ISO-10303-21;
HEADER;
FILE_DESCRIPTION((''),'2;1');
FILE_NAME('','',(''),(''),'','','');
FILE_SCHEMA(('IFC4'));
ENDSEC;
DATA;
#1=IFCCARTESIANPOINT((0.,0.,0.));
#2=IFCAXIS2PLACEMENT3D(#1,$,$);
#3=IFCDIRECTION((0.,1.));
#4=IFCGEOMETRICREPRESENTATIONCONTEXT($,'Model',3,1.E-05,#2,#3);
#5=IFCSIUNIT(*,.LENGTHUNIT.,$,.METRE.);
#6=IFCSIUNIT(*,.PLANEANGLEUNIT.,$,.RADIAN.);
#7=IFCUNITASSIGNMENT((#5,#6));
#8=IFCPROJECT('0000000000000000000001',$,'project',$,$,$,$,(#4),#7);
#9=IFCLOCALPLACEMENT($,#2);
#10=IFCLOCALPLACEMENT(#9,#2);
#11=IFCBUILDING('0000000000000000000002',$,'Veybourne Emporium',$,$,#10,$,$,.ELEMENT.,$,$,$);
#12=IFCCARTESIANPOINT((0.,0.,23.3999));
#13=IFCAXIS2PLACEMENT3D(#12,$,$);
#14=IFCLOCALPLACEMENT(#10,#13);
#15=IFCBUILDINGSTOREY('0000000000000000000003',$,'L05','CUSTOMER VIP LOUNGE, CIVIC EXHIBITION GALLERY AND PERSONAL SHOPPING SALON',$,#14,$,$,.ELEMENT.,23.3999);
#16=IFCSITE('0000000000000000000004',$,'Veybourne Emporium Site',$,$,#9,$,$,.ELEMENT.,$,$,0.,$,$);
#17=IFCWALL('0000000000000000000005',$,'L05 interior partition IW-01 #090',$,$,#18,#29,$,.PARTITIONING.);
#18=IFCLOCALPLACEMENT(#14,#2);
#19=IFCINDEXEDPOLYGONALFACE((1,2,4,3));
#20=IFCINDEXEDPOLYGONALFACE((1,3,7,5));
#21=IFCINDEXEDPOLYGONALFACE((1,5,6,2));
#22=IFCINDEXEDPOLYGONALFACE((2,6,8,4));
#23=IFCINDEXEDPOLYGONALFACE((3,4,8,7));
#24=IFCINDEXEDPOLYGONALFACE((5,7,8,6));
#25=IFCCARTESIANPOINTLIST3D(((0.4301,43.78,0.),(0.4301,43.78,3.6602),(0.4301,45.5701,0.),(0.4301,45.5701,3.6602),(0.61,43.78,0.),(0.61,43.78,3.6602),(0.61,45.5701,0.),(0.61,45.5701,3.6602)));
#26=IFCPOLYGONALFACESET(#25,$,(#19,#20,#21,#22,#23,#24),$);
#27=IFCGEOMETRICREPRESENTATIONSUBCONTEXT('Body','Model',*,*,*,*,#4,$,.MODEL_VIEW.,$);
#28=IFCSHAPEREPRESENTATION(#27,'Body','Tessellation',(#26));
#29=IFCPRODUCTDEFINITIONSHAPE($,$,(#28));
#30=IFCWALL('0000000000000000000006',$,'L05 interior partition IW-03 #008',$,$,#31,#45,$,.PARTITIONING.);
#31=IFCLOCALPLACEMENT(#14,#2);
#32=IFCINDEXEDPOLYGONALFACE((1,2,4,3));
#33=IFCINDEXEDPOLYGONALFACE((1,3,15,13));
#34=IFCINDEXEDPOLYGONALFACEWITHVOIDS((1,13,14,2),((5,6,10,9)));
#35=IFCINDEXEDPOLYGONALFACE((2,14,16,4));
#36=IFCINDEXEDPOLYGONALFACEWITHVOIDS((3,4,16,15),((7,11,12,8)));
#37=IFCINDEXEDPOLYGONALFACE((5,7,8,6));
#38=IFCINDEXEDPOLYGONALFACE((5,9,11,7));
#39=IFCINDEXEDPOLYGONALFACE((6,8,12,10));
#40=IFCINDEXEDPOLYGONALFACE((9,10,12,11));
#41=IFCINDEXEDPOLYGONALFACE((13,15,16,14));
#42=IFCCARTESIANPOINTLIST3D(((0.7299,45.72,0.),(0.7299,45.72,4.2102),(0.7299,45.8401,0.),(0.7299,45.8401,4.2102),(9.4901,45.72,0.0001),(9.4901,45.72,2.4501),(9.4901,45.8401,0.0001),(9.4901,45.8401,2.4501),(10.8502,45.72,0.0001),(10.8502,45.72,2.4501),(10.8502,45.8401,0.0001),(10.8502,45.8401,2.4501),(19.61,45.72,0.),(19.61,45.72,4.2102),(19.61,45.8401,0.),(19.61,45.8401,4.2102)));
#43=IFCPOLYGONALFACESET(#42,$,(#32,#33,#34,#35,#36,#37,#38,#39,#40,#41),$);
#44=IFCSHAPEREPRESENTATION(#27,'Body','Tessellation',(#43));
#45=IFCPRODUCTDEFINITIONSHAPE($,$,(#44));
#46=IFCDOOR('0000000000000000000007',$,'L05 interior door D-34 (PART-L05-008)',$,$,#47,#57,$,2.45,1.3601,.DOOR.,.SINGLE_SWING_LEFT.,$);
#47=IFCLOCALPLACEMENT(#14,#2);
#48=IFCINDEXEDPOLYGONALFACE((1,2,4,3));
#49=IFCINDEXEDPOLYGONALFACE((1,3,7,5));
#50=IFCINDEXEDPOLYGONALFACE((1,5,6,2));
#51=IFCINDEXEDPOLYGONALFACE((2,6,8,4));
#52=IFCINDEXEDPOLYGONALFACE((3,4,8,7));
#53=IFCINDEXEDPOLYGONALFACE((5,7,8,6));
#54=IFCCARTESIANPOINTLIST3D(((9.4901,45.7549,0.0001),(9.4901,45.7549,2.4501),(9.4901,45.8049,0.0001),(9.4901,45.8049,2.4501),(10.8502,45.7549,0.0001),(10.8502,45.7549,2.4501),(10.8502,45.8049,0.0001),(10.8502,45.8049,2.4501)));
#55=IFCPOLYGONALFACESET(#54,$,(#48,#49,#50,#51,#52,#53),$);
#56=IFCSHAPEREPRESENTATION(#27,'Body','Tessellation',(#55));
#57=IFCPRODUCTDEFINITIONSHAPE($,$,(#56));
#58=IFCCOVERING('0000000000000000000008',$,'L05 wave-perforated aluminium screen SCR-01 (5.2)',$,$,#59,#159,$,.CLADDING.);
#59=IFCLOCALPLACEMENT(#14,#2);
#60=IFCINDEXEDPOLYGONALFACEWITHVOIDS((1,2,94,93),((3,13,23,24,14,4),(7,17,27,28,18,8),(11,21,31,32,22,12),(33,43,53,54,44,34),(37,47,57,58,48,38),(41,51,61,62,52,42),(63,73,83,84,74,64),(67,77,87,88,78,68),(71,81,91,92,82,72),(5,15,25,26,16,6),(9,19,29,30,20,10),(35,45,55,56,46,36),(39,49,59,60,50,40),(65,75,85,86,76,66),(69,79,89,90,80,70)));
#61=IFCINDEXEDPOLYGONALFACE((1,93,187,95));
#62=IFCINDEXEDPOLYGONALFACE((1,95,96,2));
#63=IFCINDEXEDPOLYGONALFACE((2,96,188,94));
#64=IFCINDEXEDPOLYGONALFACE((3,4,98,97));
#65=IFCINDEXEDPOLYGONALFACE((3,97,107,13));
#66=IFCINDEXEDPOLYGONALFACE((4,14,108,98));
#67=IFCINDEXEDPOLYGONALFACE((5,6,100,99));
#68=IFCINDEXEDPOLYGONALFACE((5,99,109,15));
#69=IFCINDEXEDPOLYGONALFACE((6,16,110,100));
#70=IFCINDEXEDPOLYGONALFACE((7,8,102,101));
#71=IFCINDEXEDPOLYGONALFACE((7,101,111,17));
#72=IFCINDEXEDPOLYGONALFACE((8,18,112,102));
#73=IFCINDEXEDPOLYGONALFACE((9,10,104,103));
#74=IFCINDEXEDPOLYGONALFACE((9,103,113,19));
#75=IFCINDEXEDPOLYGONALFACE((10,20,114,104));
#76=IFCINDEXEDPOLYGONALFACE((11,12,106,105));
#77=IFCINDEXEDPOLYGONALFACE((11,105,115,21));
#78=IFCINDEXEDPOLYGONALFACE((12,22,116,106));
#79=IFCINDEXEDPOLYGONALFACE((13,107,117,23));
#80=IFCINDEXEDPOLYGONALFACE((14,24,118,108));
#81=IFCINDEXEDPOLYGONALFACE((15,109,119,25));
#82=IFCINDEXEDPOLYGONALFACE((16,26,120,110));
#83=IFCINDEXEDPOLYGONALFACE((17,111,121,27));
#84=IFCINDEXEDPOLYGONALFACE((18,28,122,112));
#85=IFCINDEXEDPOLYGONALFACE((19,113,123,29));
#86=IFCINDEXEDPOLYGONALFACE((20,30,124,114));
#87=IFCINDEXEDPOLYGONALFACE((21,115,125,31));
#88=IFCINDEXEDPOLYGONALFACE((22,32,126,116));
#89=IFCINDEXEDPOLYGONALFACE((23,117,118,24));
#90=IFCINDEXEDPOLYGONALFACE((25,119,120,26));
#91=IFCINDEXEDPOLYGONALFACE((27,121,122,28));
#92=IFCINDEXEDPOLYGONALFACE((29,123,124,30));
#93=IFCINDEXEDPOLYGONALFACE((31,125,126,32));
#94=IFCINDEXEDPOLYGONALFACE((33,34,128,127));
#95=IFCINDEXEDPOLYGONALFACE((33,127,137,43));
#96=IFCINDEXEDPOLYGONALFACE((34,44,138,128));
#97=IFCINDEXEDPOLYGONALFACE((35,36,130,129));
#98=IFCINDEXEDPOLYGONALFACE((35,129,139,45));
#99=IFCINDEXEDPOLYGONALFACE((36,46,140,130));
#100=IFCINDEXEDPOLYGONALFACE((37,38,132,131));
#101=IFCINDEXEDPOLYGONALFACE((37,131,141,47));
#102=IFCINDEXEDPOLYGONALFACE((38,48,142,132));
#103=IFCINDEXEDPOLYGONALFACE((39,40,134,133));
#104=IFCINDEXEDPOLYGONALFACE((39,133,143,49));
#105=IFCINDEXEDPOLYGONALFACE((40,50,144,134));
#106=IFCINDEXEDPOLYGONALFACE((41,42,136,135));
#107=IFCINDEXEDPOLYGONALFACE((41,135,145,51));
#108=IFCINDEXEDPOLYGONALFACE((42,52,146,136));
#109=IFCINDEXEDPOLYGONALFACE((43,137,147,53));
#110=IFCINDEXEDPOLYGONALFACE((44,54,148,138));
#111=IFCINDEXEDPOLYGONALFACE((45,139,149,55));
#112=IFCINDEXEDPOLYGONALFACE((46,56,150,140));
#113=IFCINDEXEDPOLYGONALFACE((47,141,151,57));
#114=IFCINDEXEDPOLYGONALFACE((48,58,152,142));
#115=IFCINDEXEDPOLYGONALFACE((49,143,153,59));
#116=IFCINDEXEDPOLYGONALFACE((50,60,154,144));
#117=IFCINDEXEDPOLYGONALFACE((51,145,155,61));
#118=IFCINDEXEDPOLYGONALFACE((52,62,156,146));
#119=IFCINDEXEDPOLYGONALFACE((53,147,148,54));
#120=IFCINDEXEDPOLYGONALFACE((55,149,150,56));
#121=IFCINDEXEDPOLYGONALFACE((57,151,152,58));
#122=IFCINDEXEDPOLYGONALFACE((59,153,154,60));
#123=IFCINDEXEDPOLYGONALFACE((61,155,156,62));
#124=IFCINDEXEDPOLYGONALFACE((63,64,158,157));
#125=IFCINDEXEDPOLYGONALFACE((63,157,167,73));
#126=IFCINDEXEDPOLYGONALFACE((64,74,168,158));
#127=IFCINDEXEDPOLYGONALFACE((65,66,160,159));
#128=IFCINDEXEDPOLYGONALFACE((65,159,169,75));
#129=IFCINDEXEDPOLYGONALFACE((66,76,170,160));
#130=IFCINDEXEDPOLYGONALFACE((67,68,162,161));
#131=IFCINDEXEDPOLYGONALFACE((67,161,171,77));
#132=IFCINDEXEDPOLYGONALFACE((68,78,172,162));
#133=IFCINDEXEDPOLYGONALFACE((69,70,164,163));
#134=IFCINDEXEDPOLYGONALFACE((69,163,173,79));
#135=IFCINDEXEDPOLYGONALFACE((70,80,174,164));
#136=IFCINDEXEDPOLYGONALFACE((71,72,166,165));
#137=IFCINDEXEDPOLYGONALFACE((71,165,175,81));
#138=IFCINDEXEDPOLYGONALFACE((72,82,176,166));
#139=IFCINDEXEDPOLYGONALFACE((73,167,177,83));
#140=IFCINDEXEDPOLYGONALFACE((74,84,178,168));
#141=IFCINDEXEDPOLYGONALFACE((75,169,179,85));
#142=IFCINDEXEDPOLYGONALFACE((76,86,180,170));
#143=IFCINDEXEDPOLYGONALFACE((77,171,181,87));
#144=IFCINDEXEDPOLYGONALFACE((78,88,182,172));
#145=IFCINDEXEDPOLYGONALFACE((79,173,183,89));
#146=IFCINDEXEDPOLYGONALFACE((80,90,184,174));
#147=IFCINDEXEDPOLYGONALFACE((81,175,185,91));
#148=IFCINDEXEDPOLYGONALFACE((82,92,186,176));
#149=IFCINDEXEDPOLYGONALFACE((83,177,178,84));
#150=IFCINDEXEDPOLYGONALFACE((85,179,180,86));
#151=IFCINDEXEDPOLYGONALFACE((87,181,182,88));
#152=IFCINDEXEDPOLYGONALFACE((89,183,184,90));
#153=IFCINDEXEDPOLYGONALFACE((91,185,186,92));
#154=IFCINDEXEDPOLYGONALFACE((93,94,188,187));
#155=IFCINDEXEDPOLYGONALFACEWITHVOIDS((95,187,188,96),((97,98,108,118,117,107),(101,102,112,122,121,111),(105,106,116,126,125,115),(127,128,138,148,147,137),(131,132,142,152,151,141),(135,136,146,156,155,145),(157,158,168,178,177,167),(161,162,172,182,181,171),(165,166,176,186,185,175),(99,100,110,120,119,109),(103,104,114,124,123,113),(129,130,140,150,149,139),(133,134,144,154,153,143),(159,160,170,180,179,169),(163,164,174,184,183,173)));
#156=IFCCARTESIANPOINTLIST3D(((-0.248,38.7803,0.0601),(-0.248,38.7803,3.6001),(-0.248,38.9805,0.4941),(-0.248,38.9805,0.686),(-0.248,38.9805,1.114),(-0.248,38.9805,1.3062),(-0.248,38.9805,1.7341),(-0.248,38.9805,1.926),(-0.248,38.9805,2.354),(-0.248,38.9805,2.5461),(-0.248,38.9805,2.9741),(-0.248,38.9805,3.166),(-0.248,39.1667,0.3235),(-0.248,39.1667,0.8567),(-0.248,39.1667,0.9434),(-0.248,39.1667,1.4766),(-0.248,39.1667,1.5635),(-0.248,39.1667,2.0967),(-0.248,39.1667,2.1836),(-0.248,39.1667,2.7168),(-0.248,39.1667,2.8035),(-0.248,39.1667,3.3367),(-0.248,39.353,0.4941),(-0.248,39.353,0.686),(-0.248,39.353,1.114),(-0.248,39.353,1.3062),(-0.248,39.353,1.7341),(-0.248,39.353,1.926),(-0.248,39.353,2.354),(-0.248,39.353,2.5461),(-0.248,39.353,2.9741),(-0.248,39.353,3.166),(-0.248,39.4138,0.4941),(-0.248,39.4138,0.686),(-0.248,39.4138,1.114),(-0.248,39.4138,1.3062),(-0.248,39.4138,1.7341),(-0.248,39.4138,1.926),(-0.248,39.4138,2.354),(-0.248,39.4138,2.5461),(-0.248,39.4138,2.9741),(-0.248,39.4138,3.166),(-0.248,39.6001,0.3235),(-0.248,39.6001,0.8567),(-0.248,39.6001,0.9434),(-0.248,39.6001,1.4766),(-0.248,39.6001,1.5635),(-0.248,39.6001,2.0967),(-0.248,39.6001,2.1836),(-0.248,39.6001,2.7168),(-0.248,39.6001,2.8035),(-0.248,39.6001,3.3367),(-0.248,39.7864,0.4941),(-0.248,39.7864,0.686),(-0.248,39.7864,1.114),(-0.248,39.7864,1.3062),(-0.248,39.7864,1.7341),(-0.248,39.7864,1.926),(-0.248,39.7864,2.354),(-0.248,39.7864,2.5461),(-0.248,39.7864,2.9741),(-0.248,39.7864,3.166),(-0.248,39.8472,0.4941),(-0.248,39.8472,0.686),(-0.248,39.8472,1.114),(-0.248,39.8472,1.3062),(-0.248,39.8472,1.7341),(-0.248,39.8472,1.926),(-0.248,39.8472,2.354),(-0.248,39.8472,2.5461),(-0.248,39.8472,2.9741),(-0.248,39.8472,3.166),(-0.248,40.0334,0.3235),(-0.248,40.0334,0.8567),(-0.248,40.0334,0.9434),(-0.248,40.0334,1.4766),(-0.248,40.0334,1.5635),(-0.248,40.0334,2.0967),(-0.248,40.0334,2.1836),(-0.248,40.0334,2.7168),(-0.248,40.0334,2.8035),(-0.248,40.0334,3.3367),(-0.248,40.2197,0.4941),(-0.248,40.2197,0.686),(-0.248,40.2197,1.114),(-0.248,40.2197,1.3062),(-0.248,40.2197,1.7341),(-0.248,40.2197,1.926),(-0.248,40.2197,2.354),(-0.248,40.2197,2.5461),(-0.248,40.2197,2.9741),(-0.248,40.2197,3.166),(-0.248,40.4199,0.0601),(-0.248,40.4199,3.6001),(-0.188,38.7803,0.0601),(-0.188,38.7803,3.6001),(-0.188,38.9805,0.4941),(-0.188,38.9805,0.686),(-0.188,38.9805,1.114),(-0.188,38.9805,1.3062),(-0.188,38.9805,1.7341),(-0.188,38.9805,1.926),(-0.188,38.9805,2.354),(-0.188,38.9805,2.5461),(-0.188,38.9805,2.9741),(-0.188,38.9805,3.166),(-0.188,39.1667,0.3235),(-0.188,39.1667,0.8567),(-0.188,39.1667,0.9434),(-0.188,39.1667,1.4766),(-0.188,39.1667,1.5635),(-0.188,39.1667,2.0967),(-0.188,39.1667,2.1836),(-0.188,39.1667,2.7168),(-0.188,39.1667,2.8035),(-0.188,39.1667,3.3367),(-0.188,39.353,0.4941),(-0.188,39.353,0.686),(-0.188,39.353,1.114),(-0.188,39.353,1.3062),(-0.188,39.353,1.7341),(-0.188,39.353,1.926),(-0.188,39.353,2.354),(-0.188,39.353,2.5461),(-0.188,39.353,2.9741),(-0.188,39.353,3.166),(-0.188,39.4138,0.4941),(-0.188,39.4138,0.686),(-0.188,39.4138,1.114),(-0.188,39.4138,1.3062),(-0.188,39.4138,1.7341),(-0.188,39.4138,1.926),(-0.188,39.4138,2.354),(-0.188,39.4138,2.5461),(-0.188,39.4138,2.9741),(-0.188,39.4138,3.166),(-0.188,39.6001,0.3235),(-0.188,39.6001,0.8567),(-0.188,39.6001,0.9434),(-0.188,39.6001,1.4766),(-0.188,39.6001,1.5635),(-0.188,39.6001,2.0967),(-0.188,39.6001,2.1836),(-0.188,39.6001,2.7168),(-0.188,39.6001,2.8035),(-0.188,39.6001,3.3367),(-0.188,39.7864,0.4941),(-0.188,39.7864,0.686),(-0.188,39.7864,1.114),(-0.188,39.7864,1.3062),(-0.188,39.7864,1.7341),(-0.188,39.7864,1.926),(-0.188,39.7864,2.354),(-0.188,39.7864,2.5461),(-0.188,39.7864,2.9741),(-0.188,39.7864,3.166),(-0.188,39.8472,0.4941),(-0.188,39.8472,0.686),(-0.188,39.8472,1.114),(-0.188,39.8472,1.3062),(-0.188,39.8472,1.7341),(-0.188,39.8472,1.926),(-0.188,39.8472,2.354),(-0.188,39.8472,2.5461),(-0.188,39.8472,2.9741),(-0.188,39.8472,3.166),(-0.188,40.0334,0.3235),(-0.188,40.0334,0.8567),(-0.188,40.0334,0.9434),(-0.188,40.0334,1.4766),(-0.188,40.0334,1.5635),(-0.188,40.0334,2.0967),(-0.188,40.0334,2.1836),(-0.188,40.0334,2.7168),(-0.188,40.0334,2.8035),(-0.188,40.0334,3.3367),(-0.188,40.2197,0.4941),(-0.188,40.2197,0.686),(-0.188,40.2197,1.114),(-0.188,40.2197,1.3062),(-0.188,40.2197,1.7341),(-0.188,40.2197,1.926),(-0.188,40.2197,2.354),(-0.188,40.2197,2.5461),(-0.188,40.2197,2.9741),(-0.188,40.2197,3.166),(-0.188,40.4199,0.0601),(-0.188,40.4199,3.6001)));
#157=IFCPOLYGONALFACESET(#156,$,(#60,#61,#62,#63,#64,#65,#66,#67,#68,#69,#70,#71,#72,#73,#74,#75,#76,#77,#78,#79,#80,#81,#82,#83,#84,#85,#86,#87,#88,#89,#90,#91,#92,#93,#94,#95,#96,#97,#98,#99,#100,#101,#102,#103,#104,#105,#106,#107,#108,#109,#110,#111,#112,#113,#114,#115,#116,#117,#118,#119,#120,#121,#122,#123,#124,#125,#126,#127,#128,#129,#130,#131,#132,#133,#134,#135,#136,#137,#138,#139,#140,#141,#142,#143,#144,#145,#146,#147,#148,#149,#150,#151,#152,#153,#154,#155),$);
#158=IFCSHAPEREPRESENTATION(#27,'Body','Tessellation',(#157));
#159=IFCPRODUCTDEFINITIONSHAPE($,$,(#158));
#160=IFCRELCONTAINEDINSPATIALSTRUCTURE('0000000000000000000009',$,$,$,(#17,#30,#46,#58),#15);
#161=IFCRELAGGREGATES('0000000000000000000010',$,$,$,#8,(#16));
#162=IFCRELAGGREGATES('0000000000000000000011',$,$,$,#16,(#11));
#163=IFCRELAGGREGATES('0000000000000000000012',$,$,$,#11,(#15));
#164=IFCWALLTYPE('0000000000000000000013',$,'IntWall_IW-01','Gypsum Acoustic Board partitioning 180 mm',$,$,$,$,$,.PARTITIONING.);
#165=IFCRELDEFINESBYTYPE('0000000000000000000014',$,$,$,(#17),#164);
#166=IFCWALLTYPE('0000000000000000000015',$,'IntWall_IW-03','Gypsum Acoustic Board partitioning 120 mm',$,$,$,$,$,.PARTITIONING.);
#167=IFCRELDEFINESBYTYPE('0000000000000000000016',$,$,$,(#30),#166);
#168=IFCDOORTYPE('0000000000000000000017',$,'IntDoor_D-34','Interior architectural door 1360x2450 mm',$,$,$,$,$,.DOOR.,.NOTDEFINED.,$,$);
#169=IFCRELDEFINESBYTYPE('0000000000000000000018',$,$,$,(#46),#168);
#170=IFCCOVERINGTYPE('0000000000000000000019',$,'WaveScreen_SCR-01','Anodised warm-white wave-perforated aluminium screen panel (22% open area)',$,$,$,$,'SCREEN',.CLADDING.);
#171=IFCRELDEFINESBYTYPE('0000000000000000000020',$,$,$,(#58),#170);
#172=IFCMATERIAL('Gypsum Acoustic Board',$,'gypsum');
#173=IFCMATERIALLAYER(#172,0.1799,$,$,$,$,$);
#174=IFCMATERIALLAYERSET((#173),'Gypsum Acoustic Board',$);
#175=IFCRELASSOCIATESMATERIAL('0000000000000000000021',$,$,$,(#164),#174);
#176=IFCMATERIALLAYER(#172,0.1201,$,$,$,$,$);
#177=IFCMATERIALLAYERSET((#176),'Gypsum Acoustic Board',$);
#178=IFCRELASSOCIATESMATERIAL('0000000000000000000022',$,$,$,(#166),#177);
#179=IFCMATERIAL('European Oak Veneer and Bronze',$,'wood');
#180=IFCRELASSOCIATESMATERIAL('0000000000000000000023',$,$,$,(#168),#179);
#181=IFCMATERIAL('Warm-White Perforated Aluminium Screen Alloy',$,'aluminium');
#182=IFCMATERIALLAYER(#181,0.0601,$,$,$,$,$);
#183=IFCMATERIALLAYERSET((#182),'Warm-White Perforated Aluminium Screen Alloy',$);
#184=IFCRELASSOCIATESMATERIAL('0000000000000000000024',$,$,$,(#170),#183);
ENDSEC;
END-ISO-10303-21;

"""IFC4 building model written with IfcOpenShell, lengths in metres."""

from ifc_helpers import new_model, si_unit, direction, frame, frame_2d, origin, place, context, subcontext, project, spatial, polyline, rectangle, outline, extrude, material, layer, layer_set, type_object, element, fill, save


model = new_model("IFC4")

# Units and contexts
model_context = context("Model", 3, precision=1e-05, world=origin(), true_north=direction((0.0, 1.0)))
body_context = subcontext(model_context, "Body", "Model", "MODEL_VIEW")
ifc_project = project(units=[si_unit("LENGTHUNIT", "METRE"), si_unit("PLANEANGLEUNIT", "RADIAN")], contexts=[model_context])

# Site, building, storey
site_placement = place(None, origin())
site = spatial("IfcSite", under=ifc_project, at=site_placement, Name="Veybourne Emporium Site", CompositionType="ELEMENT", RefElevation=0.0)
building_placement = place(site_placement, origin())
building = spatial("IfcBuilding", under=site, at=building_placement, Name="Veybourne Emporium", CompositionType="ELEMENT")
storey_placement = place(building_placement, frame((0.0, 0.0, 23.3999)))
storey = spatial("IfcBuildingStorey", under=building, at=storey_placement, Name="L05", Description="CUSTOMER VIP LOUNGE, CIVIC EXHIBITION GALLERY AND PERSONAL SHOPPING SALON", CompositionType="ELEMENT", Elevation=23.3999)

# Shared definitions
ifc_material_1 = material(Name="Gypsum Acoustic Board", Category="gypsum")
ifc_layer_1 = layer(ifc_material_1, 0.1799)
ifc_layer_set_1 = layer_set([ifc_layer_1], Name="Gypsum Acoustic Board")
wall_type_1 = type_object("IfcWallType", Name="IntWall_IW-01", Description="Gypsum Acoustic Board partitioning 180 mm", PredefinedType="PARTITIONING", material=ifc_layer_set_1)
ifc_material_2 = material(Name="European Oak Veneer and Bronze", Category="wood")

# Wall
wall_1_placement = place(storey_placement, frame((0.52, 43.78, 0.0), z_axis=(0.0, 0.0, 1.0), x_axis=(0.0, 1.0, 0.0)))
element("IfcWall", 1, at=wall_1_placement, inside=storey, type_object=wall_type_1, Name="L05 interior partition IW-01 #090", PredefinedType="PARTITIONING", context=body_context, shape_type="SweptSolid", body=[
    extrude(rectangle(XDim=1.79, YDim=0.1799, at=frame_2d((0.895, 0.0))), origin(), (0.0, 0.0, 1.0), 3.6602),
])

# Wall, opening, door
ifc_layer_2 = layer(ifc_material_1, 0.1201)
ifc_layer_set_2 = layer_set([ifc_layer_2], Name="Gypsum Acoustic Board")
wall_type_2 = type_object("IfcWallType", Name="IntWall_IW-03", Description="Gypsum Acoustic Board partitioning 120 mm", PredefinedType="PARTITIONING", material=ifc_layer_set_2)
wall_2_placement = place(storey_placement, frame((0.73, 45.78, 0.0), z_axis=(0.0, 0.0, 1.0), x_axis=(1.0, 0.0, 0.0)))
wall_2 = element("IfcWall", 2, at=wall_2_placement, inside=storey, type_object=wall_type_2, Name="L05 interior partition IW-03 #008", PredefinedType="PARTITIONING", context=body_context, shape_type="SweptSolid", body=[
    extrude(rectangle(XDim=18.8801, YDim=0.1201, at=frame_2d((9.4399, 0.0))), origin(), (0.0, 0.0, 1.0), 4.2102),
])
opening_1_placement = place(wall_2_placement, frame((8.76, 0.0, 0.0)))
opening_1 = element("IfcOpeningElement", 3, at=opening_1_placement, cuts=wall_2, PredefinedType="OPENING", context=body_context, shape_type="SweptSolid", body=[
    extrude(rectangle(XDim=1.3601, YDim=2.45, at=frame_2d((0.6802, 1.2251))), frame((0.0, 0.0801, 0.0), z_axis=(0.0, -1.0, 0.0), x_axis=(1.0, 0.0, 0.0)), (0.0, 0.0, 1.0), 0.1602),
])
door_type_1 = type_object("IfcDoorType", Name="IntDoor_D-34", Description="Interior architectural door 1360x2450 mm", OperationType="NOTDEFINED", PredefinedType="DOOR", material=ifc_material_2)
door_1_placement = place(opening_1_placement, origin())
door_1 = element("IfcDoor", 4, at=door_1_placement, inside=storey, type_object=door_type_1, Name="L05 interior door D-34 (PART-L05-008)", OperationType="SINGLE_SWING_LEFT", OverallHeight=2.45, OverallWidth=1.3601, PredefinedType="DOOR", context=body_context, shape_type="SweptSolid", body=[
    extrude(rectangle(XDim=1.3601, YDim=2.45, at=frame_2d((0.6802, 1.2251))), frame((0.0, 0.0249, 0.0), z_axis=(0.0, -1.0, 0.0), x_axis=(1.0, 0.0, 0.0)), (0.0, 0.0, 1.0), 0.05),
])
fill(opening_1, door_1)

# Covering
ifc_material_3 = material(Name="Warm-White Perforated Aluminium Screen Alloy", Category="aluminium")
ifc_layer_3 = layer(ifc_material_3, 0.0601)
ifc_layer_set_3 = layer_set([ifc_layer_3], Name="Warm-White Perforated Aluminium Screen Alloy")
covering_type_1 = type_object("IfcCoveringType", Name="WaveScreen_SCR-01", Description="Anodised warm-white wave-perforated aluminium screen panel (22% open area)", ElementType="SCREEN", PredefinedType="CLADDING", material=ifc_layer_set_3)
covering_1_placement = place(storey_placement, frame((-0.248, 39.6001, 1.8301), z_axis=(1.0, 0.0, 0.0), x_axis=(0.0, 1.0, 0.0)))
element("IfcCovering", 5, at=covering_1_placement, inside=storey, type_object=covering_type_1, Name="L05 wave-perforated aluminium screen SCR-01 (5.2)", PredefinedType="CLADDING", context=body_context, shape_type="SweptSolid", body=[
    extrude(outline(polyline([(-0.8198, -1.77), (0.8198, -1.77), (0.8198, 1.77), (-0.8198, 1.77), (-0.8198, -1.77)]), holes=[polyline([(-0.4333, -0.9734), (-0.2471, -1.144), (-0.2471, -1.3359), (-0.4333, -1.5066), (-0.6196, -1.3359), (-0.6196, -1.144), (-0.4333, -0.9734)]), polyline([(-0.4333, -0.3535), (-0.2471, -0.5239), (-0.2471, -0.7161), (-0.4333, -0.8867), (-0.6196, -0.7161), (-0.6196, -0.5239), (-0.4333, -0.3535)]), polyline([(-0.4333, 0.2666), (-0.2471, 0.0959), (-0.2471, -0.0959), (-0.4333, -0.2666), (-0.6196, -0.0959), (-0.6196, 0.0959), (-0.4333, 0.2666)]), polyline([(-0.4333, 0.8867), (-0.2471, 0.7161), (-0.2471, 0.5239), (-0.4333, 0.3535), (-0.6196, 0.5239), (-0.6196, 0.7161), (-0.4333, 0.8867)]), polyline([(-0.4333, 1.5066), (-0.2471, 1.3359), (-0.2471, 1.144), (-0.4333, 0.9734), (-0.6196, 1.144), (-0.6196, 1.3359), (-0.4333, 1.5066)]), polyline([(0.0, -0.9734), (0.1863, -1.144), (0.1863, -1.3359), (0.0, -1.5066), (-0.1863, -1.3359), (-0.1863, -1.144), (0.0, -0.9734)]), polyline([(0.0, -0.3535), (0.1863, -0.5239), (0.1863, -0.7161), (0.0, -0.8867), (-0.1863, -0.7161), (-0.1863, -0.5239), (0.0, -0.3535)]), polyline([(0.0, 0.2666), (0.1863, 0.0959), (0.1863, -0.0959), (0.0, -0.2666), (-0.1863, -0.0959), (-0.1863, 0.0959), (0.0, 0.2666)]), polyline([(0.0, 0.8867), (0.1863, 0.7161), (0.1863, 0.5239), (0.0, 0.3535), (-0.1863, 0.5239), (-0.1863, 0.7161), (0.0, 0.8867)]), polyline([(0.0, 1.5066), (0.1863, 1.3359), (0.1863, 1.144), (0.0, 0.9734), (-0.1863, 1.144), (-0.1863, 1.3359), (0.0, 1.5066)]), polyline([(0.4333, -0.9734), (0.6196, -1.144), (0.6196, -1.3359), (0.4333, -1.5066), (0.2471, -1.3359), (0.2471, -1.144), (0.4333, -0.9734)]), polyline([(0.4333, -0.3535), (0.6196, -0.5239), (0.6196, -0.7161), (0.4333, -0.8867), (0.2471, -0.7161), (0.2471, -0.5239), (0.4333, -0.3535)]), polyline([(0.4333, 0.2666), (0.6196, 0.0959), (0.6196, -0.0959), (0.4333, -0.2666), (0.2471, -0.0959), (0.2471, 0.0959), (0.4333, 0.2666)]), polyline([(0.4333, 0.8867), (0.6196, 0.7161), (0.6196, 0.5239), (0.4333, 0.3535), (0.2471, 0.5239), (0.2471, 0.7161), (0.4333, 0.8867)]), polyline([(0.4333, 1.5066), (0.6196, 1.3359), (0.6196, 1.144), (0.4333, 0.9734), (0.2471, 1.144), (0.2471, 1.3359), (0.4333, 1.5066)])]), origin(), (0.0, 0.0, 1.0), 0.0601),
])

save(model, "model.ifc")
